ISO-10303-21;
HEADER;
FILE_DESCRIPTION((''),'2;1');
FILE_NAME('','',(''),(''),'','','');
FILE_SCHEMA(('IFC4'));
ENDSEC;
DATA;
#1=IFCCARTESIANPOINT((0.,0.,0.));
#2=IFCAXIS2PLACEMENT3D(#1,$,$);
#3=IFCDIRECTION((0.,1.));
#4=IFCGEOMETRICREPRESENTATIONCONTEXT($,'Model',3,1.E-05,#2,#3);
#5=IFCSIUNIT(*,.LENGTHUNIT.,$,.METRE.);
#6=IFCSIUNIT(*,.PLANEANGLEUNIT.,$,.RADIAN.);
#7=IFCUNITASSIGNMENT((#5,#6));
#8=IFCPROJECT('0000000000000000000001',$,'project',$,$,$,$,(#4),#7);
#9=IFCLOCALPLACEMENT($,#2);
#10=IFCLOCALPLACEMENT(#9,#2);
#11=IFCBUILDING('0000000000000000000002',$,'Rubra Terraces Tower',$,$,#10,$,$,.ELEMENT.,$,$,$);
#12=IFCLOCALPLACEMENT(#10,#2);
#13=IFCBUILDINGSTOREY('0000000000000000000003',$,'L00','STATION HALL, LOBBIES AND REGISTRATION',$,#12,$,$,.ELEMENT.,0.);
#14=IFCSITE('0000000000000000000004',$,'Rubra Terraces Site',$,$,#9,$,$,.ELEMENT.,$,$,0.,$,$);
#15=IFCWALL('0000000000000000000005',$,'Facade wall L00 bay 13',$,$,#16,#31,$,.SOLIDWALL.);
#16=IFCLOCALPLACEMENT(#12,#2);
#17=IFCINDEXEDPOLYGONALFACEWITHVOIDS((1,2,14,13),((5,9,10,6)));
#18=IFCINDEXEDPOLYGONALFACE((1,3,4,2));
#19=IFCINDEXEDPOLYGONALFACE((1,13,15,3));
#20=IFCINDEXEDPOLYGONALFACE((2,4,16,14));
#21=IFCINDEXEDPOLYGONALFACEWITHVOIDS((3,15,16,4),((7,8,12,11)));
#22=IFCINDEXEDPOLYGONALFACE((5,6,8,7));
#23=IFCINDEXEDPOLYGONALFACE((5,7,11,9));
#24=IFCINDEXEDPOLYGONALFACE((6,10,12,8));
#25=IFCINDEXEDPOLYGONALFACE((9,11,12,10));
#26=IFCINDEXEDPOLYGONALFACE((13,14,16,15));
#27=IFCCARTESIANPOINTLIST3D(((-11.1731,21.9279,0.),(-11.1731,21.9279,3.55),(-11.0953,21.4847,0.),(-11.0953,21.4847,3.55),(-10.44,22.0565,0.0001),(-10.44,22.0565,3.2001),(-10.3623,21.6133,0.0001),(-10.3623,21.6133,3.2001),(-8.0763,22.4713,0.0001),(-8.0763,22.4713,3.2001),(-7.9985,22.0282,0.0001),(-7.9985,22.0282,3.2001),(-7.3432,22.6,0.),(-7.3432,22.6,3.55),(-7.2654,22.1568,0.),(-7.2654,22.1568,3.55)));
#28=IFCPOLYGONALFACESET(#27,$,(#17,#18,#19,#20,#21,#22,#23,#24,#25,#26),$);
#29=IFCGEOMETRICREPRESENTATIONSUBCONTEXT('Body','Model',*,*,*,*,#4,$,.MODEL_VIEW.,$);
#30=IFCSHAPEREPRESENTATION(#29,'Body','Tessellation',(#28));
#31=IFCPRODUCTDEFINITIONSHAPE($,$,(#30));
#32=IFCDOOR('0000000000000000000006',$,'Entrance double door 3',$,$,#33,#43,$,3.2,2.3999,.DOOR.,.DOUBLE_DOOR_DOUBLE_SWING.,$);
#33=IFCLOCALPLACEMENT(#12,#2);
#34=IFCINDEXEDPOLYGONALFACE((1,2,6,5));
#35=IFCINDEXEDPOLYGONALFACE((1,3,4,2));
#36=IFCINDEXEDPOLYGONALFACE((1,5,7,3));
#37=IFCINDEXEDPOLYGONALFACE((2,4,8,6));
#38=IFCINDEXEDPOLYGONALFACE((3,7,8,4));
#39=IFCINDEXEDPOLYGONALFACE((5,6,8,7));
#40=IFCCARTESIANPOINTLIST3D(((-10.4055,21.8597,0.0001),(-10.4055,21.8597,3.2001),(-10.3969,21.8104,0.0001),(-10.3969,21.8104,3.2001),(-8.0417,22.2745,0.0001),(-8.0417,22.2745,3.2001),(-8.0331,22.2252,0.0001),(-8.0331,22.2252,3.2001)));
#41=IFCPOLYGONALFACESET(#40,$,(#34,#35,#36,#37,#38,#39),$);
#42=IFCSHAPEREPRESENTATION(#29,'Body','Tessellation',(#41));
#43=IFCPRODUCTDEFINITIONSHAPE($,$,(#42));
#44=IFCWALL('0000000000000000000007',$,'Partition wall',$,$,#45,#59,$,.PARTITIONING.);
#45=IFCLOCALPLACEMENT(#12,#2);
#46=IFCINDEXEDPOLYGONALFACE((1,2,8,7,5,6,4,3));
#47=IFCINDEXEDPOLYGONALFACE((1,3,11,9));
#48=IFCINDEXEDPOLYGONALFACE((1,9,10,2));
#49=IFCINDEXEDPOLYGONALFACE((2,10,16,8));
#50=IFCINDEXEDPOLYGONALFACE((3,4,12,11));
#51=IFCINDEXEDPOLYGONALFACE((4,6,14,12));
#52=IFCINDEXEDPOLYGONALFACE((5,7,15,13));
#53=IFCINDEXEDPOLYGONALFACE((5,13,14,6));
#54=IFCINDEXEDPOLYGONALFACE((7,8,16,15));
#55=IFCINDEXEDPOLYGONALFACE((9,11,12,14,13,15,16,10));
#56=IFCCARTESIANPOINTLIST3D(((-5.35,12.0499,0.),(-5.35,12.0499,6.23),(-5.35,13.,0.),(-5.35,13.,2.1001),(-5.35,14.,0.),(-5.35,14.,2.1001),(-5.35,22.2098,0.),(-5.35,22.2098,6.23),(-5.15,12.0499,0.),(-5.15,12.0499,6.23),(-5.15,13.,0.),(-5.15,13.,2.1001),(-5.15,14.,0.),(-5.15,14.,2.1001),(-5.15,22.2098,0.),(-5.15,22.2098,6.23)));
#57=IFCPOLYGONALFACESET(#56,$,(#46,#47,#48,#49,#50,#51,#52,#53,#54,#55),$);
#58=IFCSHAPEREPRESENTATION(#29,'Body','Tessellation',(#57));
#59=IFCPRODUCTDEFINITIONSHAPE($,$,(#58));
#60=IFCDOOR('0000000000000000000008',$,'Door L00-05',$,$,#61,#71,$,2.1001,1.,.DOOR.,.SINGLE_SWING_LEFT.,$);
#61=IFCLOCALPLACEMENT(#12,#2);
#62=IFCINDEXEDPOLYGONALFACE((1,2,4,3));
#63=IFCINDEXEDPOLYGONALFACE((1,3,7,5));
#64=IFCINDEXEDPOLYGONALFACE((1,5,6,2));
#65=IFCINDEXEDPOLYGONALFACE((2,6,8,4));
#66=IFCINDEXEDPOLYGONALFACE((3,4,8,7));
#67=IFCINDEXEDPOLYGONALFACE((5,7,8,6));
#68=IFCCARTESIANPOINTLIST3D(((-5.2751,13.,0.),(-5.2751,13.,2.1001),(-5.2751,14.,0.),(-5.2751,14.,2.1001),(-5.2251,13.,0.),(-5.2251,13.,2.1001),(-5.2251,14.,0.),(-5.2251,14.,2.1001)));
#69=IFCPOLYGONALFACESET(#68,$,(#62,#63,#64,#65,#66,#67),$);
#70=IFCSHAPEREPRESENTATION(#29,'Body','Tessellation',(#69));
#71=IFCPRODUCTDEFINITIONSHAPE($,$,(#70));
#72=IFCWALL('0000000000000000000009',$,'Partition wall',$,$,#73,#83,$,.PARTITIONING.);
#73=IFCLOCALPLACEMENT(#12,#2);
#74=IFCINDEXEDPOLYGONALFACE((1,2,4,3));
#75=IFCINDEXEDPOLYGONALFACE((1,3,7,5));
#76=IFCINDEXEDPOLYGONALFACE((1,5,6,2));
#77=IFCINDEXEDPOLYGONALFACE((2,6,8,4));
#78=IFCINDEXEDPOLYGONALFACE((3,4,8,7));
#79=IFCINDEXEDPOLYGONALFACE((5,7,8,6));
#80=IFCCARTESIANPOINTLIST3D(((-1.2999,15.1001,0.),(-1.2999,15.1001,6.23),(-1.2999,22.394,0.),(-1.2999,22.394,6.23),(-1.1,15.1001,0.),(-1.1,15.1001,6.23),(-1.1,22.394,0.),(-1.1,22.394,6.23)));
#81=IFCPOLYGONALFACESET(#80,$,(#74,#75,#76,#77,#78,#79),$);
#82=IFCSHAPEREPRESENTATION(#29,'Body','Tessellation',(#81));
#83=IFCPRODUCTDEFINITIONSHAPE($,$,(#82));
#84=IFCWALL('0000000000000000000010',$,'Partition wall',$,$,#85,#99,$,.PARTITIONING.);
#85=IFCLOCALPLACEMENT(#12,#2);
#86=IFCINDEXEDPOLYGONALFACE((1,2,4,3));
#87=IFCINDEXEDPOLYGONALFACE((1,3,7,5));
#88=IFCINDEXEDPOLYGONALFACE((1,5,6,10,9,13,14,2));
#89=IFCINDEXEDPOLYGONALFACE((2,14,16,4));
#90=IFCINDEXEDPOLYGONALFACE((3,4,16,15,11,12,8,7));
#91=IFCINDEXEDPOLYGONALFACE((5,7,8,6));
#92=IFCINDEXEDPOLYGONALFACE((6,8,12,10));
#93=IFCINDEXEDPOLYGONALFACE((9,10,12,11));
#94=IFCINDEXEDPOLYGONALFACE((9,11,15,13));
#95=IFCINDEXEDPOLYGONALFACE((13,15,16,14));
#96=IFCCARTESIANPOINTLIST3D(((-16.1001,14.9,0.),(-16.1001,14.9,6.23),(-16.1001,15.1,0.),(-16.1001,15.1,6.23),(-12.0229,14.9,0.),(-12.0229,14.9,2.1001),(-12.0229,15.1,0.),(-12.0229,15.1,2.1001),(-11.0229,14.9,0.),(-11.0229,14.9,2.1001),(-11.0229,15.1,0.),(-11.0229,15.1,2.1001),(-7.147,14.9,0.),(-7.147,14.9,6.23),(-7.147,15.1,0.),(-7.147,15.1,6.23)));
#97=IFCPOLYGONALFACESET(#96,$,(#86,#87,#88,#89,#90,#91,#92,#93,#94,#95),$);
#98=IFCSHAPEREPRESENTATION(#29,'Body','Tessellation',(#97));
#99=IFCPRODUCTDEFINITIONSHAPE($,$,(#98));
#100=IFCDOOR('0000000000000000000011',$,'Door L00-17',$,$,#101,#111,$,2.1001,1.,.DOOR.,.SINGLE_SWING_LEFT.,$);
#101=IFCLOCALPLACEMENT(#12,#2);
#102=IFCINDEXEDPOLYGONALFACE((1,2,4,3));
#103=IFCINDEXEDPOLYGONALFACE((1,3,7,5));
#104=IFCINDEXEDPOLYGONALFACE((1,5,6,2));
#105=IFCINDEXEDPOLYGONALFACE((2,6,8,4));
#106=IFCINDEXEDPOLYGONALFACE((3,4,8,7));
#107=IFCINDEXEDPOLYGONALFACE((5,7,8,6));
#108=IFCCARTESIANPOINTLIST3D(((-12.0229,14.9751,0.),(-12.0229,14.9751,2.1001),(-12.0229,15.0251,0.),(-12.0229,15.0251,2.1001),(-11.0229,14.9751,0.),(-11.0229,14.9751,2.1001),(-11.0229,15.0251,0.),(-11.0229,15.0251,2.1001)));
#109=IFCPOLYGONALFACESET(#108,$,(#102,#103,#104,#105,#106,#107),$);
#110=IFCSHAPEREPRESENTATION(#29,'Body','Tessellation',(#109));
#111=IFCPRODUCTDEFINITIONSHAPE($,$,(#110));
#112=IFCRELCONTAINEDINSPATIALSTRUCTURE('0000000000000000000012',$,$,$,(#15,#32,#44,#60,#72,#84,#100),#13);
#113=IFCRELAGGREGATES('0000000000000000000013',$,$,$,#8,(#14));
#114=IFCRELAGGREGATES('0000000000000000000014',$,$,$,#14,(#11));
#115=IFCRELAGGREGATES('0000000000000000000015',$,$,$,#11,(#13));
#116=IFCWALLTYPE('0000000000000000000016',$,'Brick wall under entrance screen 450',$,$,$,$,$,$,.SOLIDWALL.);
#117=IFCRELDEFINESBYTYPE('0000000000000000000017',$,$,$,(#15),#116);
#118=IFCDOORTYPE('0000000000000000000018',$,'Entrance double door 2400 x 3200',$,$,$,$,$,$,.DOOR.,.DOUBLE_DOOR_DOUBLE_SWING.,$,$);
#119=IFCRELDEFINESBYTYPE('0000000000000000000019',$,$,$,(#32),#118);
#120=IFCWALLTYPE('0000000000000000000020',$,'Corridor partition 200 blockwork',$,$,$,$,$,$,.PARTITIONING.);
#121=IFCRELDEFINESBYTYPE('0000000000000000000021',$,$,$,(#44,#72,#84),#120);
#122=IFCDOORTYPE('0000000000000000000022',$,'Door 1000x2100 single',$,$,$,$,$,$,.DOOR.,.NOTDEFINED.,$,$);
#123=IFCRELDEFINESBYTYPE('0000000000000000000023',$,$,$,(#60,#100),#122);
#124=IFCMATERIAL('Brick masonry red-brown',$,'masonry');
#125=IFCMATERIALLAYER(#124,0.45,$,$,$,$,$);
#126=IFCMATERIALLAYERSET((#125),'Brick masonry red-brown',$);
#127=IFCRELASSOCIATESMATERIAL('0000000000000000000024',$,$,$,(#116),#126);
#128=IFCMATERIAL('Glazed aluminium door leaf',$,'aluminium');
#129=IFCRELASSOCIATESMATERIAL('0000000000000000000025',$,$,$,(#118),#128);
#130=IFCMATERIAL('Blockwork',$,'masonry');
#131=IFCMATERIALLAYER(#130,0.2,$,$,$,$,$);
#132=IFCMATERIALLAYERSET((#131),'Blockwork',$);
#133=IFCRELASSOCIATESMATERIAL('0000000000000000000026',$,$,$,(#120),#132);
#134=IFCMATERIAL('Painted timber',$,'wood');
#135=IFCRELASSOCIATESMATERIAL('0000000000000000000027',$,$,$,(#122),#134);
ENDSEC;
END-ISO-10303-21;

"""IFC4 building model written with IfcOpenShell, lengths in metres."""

from ifc_helpers import new_model, si_unit, direction, frame, frame_2d, origin, place, context, subcontext, project, spatial, rectangle, extrude, material, layer, layer_set, type_object, element, fill, save


model = new_model("IFC4")

# Units and contexts
model_context = context("Model", 3, precision=1e-05, world=origin(), true_north=direction((0.0, 1.0)))
body_context = subcontext(model_context, "Body", "Model", "MODEL_VIEW")
ifc_project = project(units=[si_unit("LENGTHUNIT", "METRE"), si_unit("PLANEANGLEUNIT", "RADIAN")], contexts=[model_context])

# Site, building, storey
site_placement = place(None, origin())
site = spatial("IfcSite", under=ifc_project, at=site_placement, Name="Rubra Terraces Site", CompositionType="ELEMENT", RefElevation=0.0)
building_placement = place(site_placement, origin())
building = spatial("IfcBuilding", under=site, at=building_placement, Name="Rubra Terraces Tower", CompositionType="ELEMENT")
storey_placement = place(building_placement, origin())
storey = spatial("IfcBuildingStorey", under=building, at=storey_placement, Name="L00", Description="STATION HALL, LOBBIES AND REGISTRATION", CompositionType="ELEMENT", Elevation=0.0)

# Shared definitions
ifc_material_1 = material(Name="Brick masonry red-brown", Category="masonry")
ifc_material_2 = material(Name="Glazed aluminium door leaf", Category="aluminium")

# Walls, openings, doors
ifc_layer_1 = layer(ifc_material_1, 0.45)
ifc_layer_set_1 = layer_set([ifc_layer_1], Name="Brick masonry red-brown")
wall_type_1 = type_object("IfcWallType", Name="Brick wall under entrance screen 450", PredefinedType="SOLIDWALL", material=ifc_layer_set_1)
wall_1_placement = place(storey_placement, frame((-7.3042, 22.3784, 0.0), z_axis=(0.0, 0.0, 1.0), x_axis=(-0.984947, -0.172854, 0.0)))
wall_1 = element("IfcWall", 1, at=wall_1_placement, inside=storey, type_object=wall_type_1, Name="Facade wall L00 bay 13", PredefinedType="SOLIDWALL", context=body_context, shape_type="SweptSolid", body=[
    extrude(rectangle(XDim=3.8884, YDim=0.45, at=frame_2d((1.9443, 0.0))), origin(), (0.0, 0.0, 1.0), 3.55),
])
opening_1_placement = place(wall_1_placement, frame((0.7444, 0.0, 0.0)))
opening_1 = element("IfcOpeningElement", 2, at=opening_1_placement, cuts=wall_1, PredefinedType="OPENING", context=body_context, shape_type="SweptSolid", body=[
    extrude(rectangle(XDim=2.3999, YDim=3.2, at=frame_2d((1.2, 1.6001))), frame((0.0, 0.2349, 0.0), z_axis=(0.0, -1.0, 0.0), x_axis=(1.0, 0.0, 0.0)), (0.0, 0.0, 1.0), 0.47),
])
door_type_1 = type_object("IfcDoorType", Name="Entrance double door 2400 x 3200", OperationType="DOUBLE_DOOR_DOUBLE_SWING", PredefinedType="DOOR", material=ifc_material_2)
door_1_placement = place(opening_1_placement, origin())
door_1 = element("IfcDoor", 3, at=door_1_placement, inside=storey, type_object=door_type_1, Name="Entrance double door 3", OperationType="DOUBLE_DOOR_DOUBLE_SWING", OverallHeight=3.2, OverallWidth=2.3999, PredefinedType="DOOR", context=body_context, shape_type="SweptSolid", body=[
    extrude(rectangle(XDim=2.3999, YDim=3.2, at=frame_2d((1.2, 1.6001))), frame((0.0, 0.0249, 0.0), z_axis=(0.0, -1.0, 0.0), x_axis=(1.0, 0.0, 0.0)), (0.0, 0.0, 1.0), 0.05),
])
fill(opening_1, door_1)
ifc_material_3 = material(Name="Blockwork", Category="masonry")
ifc_layer_2 = layer(ifc_material_3, 0.2)
ifc_layer_set_2 = layer_set([ifc_layer_2], Name="Blockwork")
wall_type_2 = type_object("IfcWallType", Name="Corridor partition 200 blockwork", PredefinedType="PARTITIONING", material=ifc_layer_set_2)
wall_2_placement = place(storey_placement, frame((-5.25, 22.21, 0.0), z_axis=(0.0, 0.0, 1.0), x_axis=(0.0, -1.0, 0.0)))
wall_2 = element("IfcWall", 4, at=wall_2_placement, inside=storey, type_object=wall_type_2, Name="Partition wall", PredefinedType="PARTITIONING", context=body_context, shape_type="SweptSolid", body=[
    extrude(rectangle(XDim=10.1599, YDim=0.2, at=frame_2d((5.0801, 0.0))), origin(), (0.0, 0.0, 1.0), 6.23),
])
opening_2_placement = place(wall_2_placement, frame((8.21, 0.0, 0.0)))
opening_2 = element("IfcOpeningElement", 5, at=opening_2_placement, cuts=wall_2, PredefinedType="OPENING", context=body_context, shape_type="SweptSolid", body=[
    extrude(rectangle(XDim=1.0, YDim=2.1001, at=frame_2d((0.5, 1.05))), frame((0.0, 0.1099, 0.0), z_axis=(0.0, -1.0, 0.0), x_axis=(1.0, 0.0, 0.0)), (0.0, 0.0, 1.0), 0.22),
])
ifc_material_4 = material(Name="Painted timber", Category="wood")
door_type_2 = type_object("IfcDoorType", Name="Door 1000x2100 single", OperationType="NOTDEFINED", PredefinedType="DOOR", material=ifc_material_4)
door_2_placement = place(opening_2_placement, origin())
door_2 = element("IfcDoor", 6, at=door_2_placement, inside=storey, type_object=door_type_2, Name="Door L00-05", OperationType="SINGLE_SWING_LEFT", OverallHeight=2.1001, OverallWidth=1.0, PredefinedType="DOOR", context=body_context, shape_type="SweptSolid", body=[
    extrude(rectangle(XDim=1.0, YDim=2.1001, at=frame_2d((0.5, 1.05))), frame((0.0, 0.0249, 0.0), z_axis=(0.0, -1.0, 0.0), x_axis=(1.0, 0.0, 0.0)), (0.0, 0.0, 1.0), 0.05),
])
fill(opening_2, door_2)

# Wall
wall_3_placement = place(storey_placement, frame((-1.2, 15.1001, 0.0), z_axis=(0.0, 0.0, 1.0), x_axis=(0.0, 1.0, 0.0)))
element("IfcWall", 7, at=wall_3_placement, inside=storey, type_object=wall_type_2, Name="Partition wall", PredefinedType="PARTITIONING", context=body_context, shape_type="SweptSolid", body=[
    extrude(rectangle(XDim=7.2939, YDim=0.2, at=frame_2d((3.647, 0.0))), origin(), (0.0, 0.0, 1.0), 6.23),
])

# Wall, opening, door
wall_4_placement = place(storey_placement, frame((-7.147, 15.0, 0.0), z_axis=(0.0, 0.0, 1.0), x_axis=(-1.0, 0.0, 0.0)))
wall_4 = element("IfcWall", 8, at=wall_4_placement, inside=storey, type_object=wall_type_2, Name="Partition wall", PredefinedType="PARTITIONING", context=body_context, shape_type="SweptSolid", body=[
    extrude(rectangle(XDim=8.9531, YDim=0.2, at=frame_2d((4.4766, 0.0))), origin(), (0.0, 0.0, 1.0), 6.23),
])
opening_3_placement = place(wall_4_placement, frame((3.876, 0.0, 0.0)))
opening_3 = element("IfcOpeningElement", 9, at=opening_3_placement, cuts=wall_4, PredefinedType="OPENING", context=body_context, shape_type="SweptSolid", body=[
    extrude(rectangle(XDim=1.0, YDim=2.1001, at=frame_2d((0.5, 1.05))), frame((0.0, 0.1099, 0.0), z_axis=(0.0, -1.0, 0.0), x_axis=(1.0, 0.0, 0.0)), (0.0, 0.0, 1.0), 0.22),
])
door_3_placement = place(opening_3_placement, origin())
door_3 = element("IfcDoor", 10, at=door_3_placement, inside=storey, type_object=door_type_2, Name="Door L00-17", OperationType="SINGLE_SWING_LEFT", OverallHeight=2.1001, OverallWidth=1.0, PredefinedType="DOOR", context=body_context, shape_type="SweptSolid", body=[
    extrude(rectangle(XDim=1.0, YDim=2.1001, at=frame_2d((0.5, 1.05))), frame((0.0, 0.0249, 0.0), z_axis=(0.0, -1.0, 0.0), x_axis=(1.0, 0.0, 0.0)), (0.0, 0.0, 1.0), 0.05),
])
fill(opening_3, door_3)

save(model, "model.ifc")
